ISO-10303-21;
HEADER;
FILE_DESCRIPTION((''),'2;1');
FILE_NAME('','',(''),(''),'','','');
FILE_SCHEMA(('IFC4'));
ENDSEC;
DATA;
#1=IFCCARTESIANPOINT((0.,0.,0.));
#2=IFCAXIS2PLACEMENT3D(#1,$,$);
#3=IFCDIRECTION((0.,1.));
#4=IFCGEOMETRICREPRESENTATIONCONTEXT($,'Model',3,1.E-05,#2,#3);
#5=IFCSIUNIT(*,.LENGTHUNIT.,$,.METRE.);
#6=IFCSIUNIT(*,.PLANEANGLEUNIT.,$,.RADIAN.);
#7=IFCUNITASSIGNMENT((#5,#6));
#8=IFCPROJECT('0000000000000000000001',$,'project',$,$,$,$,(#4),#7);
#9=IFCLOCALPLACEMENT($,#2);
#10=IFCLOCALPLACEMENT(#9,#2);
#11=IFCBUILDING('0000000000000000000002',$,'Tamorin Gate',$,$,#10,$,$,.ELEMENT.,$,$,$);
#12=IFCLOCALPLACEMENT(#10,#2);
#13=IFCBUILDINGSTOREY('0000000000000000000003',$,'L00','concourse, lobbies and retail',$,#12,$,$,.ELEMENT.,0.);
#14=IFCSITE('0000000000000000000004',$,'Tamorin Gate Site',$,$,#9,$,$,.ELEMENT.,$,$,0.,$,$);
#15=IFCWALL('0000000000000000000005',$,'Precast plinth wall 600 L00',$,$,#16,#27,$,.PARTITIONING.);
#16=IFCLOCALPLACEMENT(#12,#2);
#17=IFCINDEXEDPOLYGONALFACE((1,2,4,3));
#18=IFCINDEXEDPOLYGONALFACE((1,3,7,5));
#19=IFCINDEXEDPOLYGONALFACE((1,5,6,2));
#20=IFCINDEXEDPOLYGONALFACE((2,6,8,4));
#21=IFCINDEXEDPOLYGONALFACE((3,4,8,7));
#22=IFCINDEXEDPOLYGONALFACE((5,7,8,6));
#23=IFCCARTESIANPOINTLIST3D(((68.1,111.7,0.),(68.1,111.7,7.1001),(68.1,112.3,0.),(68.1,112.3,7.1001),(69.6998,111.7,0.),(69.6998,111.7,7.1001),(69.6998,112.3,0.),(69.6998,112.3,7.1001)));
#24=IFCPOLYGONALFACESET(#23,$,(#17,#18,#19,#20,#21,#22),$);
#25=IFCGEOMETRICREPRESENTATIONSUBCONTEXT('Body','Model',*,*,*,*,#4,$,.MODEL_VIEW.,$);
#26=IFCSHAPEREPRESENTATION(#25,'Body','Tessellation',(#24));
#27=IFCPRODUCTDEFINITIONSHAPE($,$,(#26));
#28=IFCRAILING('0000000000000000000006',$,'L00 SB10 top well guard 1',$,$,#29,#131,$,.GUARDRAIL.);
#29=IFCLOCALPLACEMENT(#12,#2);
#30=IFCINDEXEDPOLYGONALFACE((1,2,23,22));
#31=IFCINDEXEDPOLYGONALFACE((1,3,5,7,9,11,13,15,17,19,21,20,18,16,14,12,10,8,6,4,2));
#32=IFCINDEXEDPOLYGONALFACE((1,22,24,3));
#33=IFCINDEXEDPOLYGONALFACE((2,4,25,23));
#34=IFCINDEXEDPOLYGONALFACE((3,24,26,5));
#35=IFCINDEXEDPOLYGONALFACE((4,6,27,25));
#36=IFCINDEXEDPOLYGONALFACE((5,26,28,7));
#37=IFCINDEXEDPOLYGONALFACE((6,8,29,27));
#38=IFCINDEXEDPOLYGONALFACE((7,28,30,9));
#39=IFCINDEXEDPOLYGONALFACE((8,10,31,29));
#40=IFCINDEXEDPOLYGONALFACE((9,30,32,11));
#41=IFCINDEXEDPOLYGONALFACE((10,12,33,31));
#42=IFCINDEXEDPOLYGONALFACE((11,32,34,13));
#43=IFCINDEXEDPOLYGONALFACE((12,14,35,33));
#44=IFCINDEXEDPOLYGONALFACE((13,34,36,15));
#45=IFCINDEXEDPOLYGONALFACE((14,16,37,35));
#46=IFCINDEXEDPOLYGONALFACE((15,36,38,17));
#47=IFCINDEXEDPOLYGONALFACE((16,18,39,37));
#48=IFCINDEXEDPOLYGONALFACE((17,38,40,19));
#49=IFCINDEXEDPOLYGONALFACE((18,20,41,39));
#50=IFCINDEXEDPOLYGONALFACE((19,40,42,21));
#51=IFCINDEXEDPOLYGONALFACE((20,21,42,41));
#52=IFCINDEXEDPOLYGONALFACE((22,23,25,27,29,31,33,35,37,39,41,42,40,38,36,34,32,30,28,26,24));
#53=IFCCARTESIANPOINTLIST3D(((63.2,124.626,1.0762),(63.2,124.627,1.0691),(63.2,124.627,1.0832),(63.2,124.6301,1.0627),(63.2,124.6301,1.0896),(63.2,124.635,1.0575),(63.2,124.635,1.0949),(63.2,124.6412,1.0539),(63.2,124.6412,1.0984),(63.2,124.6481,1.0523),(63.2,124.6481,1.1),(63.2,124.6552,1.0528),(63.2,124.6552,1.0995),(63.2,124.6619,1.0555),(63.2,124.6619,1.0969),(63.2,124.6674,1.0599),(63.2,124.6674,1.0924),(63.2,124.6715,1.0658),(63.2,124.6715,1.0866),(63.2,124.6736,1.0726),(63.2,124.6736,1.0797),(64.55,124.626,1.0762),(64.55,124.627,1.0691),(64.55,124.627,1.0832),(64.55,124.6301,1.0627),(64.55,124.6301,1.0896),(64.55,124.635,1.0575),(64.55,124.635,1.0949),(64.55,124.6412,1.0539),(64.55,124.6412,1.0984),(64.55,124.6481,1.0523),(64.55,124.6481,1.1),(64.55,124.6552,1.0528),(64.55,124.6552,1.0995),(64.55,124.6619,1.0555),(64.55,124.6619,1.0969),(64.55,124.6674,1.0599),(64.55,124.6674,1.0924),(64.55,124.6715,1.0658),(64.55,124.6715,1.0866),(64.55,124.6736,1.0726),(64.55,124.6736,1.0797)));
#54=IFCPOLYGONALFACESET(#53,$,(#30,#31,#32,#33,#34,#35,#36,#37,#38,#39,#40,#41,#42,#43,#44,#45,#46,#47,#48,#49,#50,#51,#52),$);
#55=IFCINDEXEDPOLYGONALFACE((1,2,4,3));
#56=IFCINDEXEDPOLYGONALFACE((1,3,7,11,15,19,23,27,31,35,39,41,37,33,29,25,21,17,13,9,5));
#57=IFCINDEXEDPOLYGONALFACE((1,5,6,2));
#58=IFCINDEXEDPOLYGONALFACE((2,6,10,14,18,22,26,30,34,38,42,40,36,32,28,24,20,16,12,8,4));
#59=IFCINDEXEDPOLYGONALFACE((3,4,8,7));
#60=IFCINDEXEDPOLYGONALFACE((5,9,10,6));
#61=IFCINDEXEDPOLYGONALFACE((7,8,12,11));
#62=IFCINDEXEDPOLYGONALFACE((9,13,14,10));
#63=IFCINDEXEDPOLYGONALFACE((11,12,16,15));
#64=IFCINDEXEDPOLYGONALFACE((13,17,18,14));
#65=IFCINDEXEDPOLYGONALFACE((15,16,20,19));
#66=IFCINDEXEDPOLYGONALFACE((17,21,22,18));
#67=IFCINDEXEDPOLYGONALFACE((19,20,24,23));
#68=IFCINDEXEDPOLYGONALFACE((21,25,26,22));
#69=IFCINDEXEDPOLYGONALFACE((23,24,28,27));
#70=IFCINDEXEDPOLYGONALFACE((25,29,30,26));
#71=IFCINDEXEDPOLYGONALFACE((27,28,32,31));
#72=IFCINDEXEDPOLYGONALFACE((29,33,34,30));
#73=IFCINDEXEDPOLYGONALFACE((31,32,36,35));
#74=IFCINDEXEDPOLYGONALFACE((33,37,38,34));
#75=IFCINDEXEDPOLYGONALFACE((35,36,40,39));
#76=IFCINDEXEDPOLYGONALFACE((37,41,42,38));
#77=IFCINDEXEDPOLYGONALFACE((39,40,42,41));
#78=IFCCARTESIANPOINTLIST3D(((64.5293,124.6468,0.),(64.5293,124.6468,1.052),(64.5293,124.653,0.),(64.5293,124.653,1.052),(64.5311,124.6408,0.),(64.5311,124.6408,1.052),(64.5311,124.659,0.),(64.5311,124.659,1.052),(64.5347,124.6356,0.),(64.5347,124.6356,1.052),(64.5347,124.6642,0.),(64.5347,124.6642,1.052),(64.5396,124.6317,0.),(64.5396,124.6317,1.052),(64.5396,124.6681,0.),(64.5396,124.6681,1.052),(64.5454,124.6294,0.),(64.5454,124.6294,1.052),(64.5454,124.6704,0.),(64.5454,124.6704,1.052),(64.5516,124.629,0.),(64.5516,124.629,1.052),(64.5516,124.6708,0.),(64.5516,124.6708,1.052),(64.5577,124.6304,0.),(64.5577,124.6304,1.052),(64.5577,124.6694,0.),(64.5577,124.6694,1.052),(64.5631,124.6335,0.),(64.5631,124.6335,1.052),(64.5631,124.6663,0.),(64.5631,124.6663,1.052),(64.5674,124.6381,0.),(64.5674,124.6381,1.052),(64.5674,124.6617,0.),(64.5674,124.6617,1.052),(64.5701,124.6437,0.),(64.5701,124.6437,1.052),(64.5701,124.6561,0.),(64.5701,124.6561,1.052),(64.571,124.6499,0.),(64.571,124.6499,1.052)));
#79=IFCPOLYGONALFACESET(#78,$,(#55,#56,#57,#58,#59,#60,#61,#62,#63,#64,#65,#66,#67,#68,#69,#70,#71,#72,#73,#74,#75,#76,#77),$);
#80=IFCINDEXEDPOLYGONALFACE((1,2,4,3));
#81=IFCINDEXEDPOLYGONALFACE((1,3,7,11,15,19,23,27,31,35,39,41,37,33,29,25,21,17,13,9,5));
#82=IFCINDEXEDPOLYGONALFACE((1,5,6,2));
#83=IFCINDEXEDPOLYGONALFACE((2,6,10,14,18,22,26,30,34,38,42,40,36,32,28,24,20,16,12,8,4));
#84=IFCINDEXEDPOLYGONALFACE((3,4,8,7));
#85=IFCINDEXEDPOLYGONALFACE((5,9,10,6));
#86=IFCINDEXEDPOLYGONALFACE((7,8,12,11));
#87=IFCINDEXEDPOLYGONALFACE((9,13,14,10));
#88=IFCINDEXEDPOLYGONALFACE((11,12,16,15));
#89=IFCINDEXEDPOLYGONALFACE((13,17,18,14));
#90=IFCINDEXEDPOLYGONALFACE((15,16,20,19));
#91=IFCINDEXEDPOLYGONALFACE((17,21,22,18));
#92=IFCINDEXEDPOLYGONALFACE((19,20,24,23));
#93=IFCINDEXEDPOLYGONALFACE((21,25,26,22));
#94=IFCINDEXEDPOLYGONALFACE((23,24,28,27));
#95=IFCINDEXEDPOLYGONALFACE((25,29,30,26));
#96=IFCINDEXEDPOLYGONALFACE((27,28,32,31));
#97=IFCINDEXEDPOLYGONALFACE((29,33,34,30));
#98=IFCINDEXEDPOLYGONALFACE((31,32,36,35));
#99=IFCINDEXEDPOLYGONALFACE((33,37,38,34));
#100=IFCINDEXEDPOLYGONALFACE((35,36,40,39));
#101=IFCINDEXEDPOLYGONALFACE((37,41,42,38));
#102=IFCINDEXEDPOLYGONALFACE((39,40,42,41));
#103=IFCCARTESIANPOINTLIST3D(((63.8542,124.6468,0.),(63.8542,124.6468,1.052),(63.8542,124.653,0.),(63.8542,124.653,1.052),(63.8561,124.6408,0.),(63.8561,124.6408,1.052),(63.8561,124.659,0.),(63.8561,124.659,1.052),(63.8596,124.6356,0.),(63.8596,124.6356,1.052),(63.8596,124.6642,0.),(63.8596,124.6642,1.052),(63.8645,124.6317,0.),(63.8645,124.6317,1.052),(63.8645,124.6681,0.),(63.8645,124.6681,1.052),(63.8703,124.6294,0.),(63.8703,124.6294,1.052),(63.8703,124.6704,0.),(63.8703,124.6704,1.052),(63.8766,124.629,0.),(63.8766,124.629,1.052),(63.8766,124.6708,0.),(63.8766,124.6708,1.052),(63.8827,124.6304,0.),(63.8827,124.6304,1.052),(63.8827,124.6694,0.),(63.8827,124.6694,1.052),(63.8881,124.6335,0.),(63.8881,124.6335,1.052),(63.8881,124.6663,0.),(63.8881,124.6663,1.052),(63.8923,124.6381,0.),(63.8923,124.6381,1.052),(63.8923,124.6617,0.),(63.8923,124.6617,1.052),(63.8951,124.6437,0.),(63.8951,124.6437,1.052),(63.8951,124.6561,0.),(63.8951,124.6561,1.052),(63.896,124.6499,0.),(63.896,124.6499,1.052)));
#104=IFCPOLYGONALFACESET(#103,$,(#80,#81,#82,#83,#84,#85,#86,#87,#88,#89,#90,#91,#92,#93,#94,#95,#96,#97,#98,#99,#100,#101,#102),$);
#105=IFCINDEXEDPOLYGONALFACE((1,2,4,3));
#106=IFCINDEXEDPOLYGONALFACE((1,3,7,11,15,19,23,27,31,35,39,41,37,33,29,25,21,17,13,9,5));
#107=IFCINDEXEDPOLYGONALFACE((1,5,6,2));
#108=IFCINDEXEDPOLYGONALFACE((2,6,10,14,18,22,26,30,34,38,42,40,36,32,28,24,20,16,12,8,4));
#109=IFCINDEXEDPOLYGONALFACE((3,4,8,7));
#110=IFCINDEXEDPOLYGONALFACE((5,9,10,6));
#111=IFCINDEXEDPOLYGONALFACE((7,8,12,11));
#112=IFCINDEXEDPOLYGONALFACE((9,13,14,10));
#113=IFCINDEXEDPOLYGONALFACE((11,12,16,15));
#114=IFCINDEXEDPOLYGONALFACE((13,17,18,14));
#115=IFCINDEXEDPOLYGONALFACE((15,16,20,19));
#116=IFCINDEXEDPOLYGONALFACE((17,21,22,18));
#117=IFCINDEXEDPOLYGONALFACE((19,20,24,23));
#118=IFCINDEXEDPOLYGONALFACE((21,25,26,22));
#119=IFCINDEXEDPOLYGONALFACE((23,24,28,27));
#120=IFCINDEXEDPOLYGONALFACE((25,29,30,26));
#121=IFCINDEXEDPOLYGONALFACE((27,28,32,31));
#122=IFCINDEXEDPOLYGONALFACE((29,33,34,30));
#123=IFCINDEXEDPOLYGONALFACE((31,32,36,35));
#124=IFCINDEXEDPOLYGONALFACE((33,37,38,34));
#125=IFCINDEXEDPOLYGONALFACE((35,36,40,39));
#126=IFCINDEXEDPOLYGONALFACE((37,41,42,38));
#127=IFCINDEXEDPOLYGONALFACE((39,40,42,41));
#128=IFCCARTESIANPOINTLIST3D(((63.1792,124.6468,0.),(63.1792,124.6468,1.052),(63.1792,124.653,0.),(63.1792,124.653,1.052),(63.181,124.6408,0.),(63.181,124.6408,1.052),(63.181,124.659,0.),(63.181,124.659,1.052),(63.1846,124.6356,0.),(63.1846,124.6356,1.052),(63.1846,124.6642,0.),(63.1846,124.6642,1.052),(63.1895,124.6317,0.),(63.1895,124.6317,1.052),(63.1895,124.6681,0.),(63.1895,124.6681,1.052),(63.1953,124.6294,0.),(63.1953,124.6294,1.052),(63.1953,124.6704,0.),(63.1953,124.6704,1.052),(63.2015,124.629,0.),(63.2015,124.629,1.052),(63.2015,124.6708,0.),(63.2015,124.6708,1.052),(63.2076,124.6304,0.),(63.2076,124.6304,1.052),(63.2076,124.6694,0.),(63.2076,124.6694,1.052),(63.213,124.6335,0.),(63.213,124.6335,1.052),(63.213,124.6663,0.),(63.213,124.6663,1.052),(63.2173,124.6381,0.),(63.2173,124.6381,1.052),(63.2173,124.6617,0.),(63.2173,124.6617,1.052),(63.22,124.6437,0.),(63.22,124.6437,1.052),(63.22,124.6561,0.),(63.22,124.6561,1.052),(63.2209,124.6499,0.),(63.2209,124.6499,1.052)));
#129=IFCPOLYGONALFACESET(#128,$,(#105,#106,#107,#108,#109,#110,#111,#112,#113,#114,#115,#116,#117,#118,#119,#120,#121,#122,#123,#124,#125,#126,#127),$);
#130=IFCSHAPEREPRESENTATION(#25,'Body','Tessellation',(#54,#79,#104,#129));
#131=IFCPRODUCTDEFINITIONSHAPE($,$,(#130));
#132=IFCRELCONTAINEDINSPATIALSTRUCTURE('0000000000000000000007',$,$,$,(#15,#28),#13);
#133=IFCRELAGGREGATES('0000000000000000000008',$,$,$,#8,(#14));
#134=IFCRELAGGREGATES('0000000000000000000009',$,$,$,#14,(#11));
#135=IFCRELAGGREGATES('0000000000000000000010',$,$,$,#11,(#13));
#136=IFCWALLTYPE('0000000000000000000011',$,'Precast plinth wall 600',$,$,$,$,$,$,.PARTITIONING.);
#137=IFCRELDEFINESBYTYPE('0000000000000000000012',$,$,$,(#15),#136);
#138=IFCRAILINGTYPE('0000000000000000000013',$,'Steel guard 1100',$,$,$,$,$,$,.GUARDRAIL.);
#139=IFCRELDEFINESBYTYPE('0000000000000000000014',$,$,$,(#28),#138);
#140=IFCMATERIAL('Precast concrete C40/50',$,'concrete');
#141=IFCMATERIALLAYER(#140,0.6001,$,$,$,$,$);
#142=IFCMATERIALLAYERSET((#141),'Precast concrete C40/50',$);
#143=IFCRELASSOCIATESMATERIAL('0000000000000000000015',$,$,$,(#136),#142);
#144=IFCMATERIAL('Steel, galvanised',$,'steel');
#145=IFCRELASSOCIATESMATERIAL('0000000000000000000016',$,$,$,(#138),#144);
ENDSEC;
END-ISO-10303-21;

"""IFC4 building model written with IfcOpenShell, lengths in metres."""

from ifc_helpers import new_model, si_unit, direction, frame, frame_2d, origin, origin_2d, place, context, subcontext, project, spatial, rectangle, circle, extrude, material, layer, layer_set, type_object, element, save


model = new_model("IFC4")

# Units and contexts
model_context = context("Model", 3, precision=1e-05, world=origin(), true_north=direction((0.0, 1.0)))
body_context = subcontext(model_context, "Body", "Model", "MODEL_VIEW")
ifc_project = project(units=[si_unit("LENGTHUNIT", "METRE"), si_unit("PLANEANGLEUNIT", "RADIAN")], contexts=[model_context])

# Site, building, storey
site_placement = place(None, origin())
site = spatial("IfcSite", under=ifc_project, at=site_placement, Name="Tamorin Gate Site", CompositionType="ELEMENT", RefElevation=0.0)
building_placement = place(site_placement, origin())
building = spatial("IfcBuilding", under=site, at=building_placement, Name="Tamorin Gate", CompositionType="ELEMENT")
storey_placement = place(building_placement, origin())
storey = spatial("IfcBuildingStorey", under=building, at=storey_placement, Name="L00", Description="concourse, lobbies and retail", CompositionType="ELEMENT", Elevation=0.0)

# Shared definitions
ifc_material_1 = material(Name="Precast concrete C40/50", Category="concrete")
ifc_layer = layer(ifc_material_1, 0.6001)
ifc_layer_set = layer_set([ifc_layer], Name="Precast concrete C40/50")
wall_type = type_object("IfcWallType", Name="Precast plinth wall 600", PredefinedType="PARTITIONING", material=ifc_layer_set)

# Wall
wall_1_placement = place(storey_placement, frame((68.1001, 112.0, 0.0), z_axis=(0.0, 0.0, 1.0), x_axis=(1.0, 0.0, 0.0)))
element("IfcWall", 1, at=wall_1_placement, inside=storey, type_object=wall_type, Name="Precast plinth wall 600 L00", PredefinedType="PARTITIONING", context=body_context, shape_type="SweptSolid", body=[
    extrude(rectangle(XDim=1.5999, YDim=0.6001, at=frame_2d((0.7998, 0.0))), origin(), (0.0, 0.0, 1.0), 7.1001),
])

# Railing
ifc_material_2 = material(Name="Steel, galvanised", Category="steel")
railing_type = type_object("IfcRailingType", Name="Steel guard 1100", PredefinedType="GUARDRAIL", material=ifc_material_2)
railing_1_placement = place(storey_placement, frame((64.55, 124.6499, 0.0)))
element("IfcRailing", 2, at=railing_1_placement, inside=storey, type_object=railing_type, Name="L00 SB10 top well guard 1", PredefinedType="GUARDRAIL", context=body_context, shape_type="SweptSolid", body=[
    extrude(circle(Radius=0.0239, at=origin_2d()), frame((0.0, 0.0, 1.0762), z_axis=(-1.0, 0.0, 0.0), x_axis=(0.0, -1.0, 0.0)), (0.0, 0.0, 1.0), 1.3501),
    extrude(circle(Radius=0.021, at=origin_2d()), origin(), (0.0, 0.0, 1.0), 1.052),
    extrude(circle(Radius=0.021, at=origin_2d()), frame((-0.675, 0.0, 0.0)), (0.0, 0.0, 1.0), 1.052),
    extrude(circle(Radius=0.021, at=origin_2d()), frame((-1.3501, 0.0, 0.0)), (0.0, 0.0, 1.0), 1.052),
])

save(model, "model.ifc")
